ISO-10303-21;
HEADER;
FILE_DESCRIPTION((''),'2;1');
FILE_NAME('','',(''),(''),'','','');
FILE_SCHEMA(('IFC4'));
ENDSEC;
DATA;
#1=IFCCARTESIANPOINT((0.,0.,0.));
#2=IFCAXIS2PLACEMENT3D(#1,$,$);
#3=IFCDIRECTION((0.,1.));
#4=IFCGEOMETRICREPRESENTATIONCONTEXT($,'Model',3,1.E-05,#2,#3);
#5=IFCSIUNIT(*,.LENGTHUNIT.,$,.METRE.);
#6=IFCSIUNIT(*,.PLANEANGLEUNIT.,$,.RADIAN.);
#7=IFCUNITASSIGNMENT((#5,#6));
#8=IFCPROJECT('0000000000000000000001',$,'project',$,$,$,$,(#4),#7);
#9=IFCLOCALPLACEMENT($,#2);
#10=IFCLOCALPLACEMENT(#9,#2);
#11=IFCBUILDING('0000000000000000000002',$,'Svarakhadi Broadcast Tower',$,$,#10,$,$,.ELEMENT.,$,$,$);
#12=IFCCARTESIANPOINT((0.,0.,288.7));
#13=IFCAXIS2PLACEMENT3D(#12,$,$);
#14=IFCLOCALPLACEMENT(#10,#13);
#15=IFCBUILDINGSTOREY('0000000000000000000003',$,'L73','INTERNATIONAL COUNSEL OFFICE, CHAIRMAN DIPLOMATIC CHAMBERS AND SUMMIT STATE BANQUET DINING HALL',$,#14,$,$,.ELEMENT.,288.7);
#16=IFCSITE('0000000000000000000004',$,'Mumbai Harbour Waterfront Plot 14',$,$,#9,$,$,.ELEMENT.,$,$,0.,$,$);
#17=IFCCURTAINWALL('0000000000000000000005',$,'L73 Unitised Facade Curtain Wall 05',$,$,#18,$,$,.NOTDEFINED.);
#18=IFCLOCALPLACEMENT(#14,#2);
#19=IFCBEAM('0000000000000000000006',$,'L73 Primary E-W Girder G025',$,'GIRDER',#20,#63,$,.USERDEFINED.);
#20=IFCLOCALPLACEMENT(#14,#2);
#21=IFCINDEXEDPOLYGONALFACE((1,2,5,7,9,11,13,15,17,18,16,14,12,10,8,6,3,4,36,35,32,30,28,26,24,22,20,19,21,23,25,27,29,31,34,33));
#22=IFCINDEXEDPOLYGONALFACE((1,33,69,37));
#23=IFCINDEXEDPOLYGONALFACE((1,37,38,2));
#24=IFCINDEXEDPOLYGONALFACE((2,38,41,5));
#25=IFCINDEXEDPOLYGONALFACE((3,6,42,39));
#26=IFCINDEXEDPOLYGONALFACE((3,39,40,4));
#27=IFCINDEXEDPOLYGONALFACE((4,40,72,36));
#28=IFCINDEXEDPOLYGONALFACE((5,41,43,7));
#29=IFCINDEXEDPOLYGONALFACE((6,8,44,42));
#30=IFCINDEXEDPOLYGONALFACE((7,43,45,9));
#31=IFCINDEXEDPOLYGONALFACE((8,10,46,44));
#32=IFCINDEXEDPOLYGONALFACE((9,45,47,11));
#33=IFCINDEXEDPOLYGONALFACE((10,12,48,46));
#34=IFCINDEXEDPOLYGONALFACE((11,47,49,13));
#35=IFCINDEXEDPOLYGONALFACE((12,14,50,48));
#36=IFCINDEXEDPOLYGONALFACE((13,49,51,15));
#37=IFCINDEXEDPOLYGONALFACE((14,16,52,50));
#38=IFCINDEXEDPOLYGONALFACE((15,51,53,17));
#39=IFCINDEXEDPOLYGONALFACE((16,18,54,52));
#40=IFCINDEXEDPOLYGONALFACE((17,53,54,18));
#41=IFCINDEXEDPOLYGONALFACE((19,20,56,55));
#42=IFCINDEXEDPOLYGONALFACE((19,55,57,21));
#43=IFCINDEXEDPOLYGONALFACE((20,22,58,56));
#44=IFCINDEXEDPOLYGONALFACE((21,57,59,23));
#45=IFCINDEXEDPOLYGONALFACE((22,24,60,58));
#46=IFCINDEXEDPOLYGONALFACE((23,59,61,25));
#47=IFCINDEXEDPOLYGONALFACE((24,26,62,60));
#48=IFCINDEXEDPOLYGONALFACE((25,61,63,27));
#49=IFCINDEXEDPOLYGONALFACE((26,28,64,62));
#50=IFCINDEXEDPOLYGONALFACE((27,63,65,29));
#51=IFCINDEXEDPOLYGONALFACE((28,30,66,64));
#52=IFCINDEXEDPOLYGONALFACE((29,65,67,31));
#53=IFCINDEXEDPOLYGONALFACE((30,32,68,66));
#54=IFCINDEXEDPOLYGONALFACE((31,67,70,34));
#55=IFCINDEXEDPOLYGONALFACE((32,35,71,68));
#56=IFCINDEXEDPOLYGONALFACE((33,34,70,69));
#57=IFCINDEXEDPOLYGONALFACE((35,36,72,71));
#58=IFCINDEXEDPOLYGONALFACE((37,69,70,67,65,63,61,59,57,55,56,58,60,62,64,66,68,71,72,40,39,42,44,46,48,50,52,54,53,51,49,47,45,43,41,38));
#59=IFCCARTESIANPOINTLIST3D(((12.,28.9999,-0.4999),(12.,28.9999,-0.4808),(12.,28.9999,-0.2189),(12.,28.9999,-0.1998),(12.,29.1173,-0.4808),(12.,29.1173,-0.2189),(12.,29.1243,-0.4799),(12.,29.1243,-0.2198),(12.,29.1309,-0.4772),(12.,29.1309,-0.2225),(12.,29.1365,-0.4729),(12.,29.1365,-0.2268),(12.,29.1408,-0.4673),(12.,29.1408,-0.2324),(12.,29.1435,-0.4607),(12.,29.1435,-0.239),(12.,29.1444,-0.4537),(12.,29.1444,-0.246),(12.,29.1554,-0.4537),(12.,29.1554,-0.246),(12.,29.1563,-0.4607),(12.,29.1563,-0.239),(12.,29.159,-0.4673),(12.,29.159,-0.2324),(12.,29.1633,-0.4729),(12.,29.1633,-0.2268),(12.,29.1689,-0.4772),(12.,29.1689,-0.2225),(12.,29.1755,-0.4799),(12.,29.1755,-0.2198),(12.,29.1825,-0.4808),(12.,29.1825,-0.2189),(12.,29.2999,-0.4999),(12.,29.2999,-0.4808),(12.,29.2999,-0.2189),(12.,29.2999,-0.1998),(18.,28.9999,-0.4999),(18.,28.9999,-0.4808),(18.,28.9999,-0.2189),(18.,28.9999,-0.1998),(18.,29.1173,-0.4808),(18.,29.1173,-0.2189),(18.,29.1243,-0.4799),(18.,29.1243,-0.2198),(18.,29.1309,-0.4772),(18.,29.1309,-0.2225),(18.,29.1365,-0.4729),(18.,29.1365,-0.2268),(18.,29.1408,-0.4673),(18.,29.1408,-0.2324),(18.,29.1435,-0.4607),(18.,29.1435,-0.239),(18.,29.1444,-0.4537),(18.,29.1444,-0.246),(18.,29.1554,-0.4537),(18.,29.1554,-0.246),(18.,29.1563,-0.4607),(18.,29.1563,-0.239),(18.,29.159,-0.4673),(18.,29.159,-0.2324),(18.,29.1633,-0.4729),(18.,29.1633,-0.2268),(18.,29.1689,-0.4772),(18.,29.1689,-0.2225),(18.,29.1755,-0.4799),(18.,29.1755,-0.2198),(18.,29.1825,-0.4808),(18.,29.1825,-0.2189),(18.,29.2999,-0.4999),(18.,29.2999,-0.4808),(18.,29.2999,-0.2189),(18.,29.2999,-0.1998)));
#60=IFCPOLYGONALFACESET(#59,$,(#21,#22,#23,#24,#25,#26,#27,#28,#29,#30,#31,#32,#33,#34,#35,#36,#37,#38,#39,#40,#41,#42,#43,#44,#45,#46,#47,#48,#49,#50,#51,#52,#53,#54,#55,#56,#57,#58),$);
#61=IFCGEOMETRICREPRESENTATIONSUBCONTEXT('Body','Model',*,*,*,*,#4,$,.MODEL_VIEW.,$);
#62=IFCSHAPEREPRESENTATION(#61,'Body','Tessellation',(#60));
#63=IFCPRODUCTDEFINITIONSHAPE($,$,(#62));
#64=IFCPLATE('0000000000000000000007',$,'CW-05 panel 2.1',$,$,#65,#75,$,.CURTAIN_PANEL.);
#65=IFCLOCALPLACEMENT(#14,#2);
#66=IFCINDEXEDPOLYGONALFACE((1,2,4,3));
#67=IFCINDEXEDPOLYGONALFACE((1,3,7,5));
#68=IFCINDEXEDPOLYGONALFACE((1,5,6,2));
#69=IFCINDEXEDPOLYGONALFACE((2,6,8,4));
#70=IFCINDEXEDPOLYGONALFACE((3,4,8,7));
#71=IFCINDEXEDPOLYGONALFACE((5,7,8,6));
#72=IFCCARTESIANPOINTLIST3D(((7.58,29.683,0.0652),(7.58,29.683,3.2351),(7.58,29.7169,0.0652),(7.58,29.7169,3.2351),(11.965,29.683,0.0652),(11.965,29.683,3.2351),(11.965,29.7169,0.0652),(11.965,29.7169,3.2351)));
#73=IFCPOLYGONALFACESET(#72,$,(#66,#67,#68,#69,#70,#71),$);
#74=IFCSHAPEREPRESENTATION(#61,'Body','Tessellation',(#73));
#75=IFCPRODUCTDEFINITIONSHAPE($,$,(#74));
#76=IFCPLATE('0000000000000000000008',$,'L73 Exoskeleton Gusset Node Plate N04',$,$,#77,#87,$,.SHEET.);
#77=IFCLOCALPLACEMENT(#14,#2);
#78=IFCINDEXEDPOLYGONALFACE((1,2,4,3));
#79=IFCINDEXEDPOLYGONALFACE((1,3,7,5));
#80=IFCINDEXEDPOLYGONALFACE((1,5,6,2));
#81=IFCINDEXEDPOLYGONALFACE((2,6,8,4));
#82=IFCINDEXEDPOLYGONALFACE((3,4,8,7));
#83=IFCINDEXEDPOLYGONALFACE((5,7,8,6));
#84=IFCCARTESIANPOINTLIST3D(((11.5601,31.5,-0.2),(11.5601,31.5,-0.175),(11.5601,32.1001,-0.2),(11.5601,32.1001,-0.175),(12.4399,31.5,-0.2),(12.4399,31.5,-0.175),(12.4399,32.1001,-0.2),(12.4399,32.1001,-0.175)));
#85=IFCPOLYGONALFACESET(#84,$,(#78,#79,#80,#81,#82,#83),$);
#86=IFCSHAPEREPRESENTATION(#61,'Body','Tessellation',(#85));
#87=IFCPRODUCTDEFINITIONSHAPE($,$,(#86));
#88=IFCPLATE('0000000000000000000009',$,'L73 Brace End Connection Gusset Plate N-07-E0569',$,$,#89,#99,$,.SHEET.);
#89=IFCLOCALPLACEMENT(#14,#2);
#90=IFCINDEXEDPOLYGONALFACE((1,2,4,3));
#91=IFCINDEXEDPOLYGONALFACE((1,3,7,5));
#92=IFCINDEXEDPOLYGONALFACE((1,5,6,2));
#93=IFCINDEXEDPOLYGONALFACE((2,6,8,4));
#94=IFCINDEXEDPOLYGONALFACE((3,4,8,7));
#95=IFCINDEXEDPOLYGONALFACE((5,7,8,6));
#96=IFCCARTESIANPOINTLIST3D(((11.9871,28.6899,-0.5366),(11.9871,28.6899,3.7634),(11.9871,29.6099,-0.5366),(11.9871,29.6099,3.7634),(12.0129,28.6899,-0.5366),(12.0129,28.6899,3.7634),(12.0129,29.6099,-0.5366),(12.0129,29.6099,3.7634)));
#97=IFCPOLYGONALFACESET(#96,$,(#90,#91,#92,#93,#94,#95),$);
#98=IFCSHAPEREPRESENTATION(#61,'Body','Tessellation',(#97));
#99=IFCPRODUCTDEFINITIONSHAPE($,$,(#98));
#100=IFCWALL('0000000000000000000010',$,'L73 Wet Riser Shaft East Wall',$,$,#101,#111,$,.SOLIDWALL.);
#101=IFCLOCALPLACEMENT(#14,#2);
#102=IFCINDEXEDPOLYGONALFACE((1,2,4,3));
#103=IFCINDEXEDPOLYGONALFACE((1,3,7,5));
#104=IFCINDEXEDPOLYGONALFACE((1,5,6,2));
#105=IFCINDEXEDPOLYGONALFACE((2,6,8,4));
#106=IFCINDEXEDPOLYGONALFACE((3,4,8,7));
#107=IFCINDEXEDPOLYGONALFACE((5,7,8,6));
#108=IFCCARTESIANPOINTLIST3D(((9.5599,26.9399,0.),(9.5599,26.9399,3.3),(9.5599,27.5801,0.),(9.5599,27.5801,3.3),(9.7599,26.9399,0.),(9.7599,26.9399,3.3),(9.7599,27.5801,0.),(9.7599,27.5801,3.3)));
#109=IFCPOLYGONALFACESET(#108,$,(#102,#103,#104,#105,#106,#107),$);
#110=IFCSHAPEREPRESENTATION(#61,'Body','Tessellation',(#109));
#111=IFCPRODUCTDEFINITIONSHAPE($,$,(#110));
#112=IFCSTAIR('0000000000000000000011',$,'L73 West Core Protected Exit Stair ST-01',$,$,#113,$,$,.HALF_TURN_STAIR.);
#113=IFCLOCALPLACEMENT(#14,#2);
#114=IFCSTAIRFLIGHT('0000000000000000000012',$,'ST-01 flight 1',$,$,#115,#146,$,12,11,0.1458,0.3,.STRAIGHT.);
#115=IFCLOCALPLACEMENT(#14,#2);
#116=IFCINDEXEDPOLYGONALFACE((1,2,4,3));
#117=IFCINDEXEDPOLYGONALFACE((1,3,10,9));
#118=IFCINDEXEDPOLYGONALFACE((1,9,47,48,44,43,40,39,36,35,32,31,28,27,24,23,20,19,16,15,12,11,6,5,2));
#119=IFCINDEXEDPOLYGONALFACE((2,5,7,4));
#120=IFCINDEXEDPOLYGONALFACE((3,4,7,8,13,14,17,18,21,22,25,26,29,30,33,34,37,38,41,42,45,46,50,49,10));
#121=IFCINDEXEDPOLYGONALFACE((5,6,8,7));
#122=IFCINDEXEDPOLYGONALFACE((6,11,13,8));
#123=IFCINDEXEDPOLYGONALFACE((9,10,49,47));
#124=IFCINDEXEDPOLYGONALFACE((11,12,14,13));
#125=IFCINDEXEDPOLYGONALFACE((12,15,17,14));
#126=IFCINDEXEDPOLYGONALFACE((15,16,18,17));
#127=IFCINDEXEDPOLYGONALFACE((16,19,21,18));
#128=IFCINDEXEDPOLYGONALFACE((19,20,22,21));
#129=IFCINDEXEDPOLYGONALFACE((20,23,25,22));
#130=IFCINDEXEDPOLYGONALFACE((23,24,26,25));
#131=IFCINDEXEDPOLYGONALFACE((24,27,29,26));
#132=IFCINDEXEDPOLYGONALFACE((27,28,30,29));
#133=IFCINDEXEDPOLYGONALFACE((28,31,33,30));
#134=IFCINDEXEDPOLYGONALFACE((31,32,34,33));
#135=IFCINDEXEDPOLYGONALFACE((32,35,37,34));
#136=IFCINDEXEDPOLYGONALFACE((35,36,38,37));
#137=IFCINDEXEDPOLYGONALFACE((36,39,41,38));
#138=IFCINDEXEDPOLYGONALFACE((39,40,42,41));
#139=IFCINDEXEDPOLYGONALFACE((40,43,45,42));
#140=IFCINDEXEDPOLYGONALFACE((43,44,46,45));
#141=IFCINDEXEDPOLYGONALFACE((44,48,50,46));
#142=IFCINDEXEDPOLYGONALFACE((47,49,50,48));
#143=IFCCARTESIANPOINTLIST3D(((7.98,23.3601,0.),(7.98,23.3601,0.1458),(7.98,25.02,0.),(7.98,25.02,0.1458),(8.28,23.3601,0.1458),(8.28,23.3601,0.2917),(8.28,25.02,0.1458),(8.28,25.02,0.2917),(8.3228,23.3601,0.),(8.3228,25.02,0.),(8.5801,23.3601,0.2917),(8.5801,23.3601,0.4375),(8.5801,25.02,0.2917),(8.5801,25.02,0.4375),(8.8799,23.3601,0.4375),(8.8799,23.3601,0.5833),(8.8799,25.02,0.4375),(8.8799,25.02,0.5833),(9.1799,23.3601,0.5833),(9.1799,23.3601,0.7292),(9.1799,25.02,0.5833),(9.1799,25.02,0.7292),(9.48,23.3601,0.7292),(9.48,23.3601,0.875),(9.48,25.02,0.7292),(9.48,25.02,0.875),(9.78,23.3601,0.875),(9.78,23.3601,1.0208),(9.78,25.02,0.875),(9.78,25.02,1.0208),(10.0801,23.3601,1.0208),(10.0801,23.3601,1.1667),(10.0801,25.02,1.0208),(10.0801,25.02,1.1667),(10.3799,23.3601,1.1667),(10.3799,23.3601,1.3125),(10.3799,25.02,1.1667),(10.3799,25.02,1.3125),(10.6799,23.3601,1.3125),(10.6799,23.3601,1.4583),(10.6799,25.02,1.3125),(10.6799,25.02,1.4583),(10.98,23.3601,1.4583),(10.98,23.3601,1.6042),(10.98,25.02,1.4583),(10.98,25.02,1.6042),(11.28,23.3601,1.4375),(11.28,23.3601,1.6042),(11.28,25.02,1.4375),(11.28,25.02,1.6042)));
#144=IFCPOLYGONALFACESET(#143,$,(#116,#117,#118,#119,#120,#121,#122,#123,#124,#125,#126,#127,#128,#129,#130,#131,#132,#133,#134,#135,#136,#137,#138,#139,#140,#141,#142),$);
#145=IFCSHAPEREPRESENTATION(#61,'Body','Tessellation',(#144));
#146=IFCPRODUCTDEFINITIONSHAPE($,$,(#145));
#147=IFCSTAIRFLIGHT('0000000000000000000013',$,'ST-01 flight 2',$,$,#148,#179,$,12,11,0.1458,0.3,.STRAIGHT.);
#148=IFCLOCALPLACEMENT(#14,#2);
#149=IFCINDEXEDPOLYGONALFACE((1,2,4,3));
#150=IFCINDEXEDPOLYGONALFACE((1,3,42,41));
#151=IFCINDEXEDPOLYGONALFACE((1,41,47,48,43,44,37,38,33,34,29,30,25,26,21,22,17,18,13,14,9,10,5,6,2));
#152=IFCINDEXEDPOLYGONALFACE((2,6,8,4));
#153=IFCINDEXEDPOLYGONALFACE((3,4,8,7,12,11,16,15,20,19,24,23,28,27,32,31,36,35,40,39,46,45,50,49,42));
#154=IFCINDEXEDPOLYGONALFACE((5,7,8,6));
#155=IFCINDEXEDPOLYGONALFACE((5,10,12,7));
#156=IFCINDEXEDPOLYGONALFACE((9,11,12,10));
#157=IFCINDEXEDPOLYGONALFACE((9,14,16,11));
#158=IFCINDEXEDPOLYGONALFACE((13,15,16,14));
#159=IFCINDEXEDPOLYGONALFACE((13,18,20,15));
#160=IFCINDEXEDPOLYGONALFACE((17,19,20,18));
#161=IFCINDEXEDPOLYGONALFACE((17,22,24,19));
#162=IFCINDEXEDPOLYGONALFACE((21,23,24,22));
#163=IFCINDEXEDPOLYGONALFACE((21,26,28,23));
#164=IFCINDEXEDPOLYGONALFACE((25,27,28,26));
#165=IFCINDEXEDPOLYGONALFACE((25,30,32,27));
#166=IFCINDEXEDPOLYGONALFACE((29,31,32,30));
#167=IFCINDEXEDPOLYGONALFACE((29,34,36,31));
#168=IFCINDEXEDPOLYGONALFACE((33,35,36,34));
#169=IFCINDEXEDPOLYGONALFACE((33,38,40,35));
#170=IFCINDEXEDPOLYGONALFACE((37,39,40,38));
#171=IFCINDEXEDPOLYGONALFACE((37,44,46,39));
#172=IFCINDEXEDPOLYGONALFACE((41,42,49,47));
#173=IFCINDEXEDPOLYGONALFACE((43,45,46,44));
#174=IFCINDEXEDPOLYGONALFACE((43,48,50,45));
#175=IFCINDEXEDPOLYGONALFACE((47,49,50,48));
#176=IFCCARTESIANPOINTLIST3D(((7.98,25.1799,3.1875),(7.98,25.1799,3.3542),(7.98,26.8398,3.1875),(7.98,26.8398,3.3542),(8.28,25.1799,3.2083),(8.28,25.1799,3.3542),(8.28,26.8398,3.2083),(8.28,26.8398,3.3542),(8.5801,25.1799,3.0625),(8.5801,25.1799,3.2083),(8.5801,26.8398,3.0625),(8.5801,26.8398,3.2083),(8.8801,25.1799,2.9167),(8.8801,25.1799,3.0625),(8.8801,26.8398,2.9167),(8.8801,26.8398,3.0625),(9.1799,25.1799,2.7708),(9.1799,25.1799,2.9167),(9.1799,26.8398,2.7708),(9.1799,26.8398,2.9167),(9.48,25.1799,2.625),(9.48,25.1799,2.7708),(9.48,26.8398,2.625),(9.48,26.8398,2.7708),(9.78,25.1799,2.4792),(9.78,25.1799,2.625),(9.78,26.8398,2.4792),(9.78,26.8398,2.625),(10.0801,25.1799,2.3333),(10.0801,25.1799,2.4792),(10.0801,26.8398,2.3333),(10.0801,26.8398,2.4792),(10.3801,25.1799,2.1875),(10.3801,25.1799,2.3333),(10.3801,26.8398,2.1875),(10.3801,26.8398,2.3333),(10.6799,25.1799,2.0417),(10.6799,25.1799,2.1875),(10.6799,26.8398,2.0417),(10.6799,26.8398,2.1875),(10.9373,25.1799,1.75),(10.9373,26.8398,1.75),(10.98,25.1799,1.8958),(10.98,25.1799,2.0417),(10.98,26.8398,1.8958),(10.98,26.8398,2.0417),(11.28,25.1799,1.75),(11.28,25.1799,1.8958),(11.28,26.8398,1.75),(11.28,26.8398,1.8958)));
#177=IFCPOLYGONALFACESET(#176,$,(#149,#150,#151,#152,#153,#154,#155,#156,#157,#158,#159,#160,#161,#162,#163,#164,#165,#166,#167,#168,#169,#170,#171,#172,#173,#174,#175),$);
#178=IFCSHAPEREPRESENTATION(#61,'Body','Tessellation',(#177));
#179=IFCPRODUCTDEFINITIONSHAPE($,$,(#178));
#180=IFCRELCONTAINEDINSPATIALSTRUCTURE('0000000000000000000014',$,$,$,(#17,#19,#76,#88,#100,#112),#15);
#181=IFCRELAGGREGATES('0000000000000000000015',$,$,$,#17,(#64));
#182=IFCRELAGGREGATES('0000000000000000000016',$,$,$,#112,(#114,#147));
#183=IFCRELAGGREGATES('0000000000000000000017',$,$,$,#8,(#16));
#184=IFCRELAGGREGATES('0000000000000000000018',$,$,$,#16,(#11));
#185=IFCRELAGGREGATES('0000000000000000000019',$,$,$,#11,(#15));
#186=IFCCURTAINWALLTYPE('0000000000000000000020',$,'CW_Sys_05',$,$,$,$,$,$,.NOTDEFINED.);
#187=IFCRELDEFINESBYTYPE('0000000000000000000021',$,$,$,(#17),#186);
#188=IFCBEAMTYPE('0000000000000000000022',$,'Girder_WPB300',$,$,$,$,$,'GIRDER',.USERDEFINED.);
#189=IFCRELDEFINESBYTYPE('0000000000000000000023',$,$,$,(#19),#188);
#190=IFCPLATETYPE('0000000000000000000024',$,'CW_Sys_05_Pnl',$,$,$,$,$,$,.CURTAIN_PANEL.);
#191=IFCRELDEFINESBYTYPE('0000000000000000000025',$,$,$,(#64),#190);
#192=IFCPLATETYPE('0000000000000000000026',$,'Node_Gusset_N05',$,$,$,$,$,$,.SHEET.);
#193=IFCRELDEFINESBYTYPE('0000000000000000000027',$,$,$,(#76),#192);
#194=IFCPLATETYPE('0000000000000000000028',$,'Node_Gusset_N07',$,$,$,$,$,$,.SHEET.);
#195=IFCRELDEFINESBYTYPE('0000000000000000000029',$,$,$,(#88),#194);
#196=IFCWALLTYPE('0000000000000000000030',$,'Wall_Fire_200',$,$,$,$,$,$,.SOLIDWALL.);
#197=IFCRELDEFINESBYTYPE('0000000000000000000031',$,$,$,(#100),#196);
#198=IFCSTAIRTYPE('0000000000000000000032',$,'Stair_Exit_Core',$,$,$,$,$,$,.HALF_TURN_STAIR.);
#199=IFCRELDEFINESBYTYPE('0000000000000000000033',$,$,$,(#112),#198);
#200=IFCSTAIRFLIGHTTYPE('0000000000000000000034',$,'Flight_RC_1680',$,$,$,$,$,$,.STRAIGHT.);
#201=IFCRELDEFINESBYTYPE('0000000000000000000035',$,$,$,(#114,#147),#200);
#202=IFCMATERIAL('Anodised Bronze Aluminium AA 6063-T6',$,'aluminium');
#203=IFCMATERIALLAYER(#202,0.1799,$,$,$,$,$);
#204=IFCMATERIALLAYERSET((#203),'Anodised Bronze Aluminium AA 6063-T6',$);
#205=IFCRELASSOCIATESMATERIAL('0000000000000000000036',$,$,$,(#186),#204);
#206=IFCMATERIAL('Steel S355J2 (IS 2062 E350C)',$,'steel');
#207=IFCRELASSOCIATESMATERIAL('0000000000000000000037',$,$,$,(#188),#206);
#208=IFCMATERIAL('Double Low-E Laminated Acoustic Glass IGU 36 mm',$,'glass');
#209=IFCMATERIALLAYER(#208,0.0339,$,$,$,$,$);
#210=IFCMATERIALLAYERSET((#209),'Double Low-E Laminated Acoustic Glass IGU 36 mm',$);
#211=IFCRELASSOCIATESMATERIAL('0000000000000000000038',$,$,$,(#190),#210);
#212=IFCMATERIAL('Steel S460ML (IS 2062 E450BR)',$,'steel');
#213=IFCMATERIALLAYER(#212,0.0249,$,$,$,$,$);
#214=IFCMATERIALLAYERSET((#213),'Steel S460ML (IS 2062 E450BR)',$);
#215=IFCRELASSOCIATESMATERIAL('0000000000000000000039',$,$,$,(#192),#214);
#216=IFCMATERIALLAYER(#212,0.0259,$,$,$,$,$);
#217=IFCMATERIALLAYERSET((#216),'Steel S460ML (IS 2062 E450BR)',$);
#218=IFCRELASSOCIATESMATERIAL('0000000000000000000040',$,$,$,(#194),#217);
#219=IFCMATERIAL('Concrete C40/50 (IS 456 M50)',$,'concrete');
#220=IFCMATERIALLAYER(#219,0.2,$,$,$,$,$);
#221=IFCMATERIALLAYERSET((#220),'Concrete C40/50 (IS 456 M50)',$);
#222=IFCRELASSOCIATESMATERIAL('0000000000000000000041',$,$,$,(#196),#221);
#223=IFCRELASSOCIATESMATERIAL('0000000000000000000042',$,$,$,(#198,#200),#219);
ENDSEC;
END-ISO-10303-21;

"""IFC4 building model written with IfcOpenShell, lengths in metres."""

from ifc_helpers import new_model, si_unit, direction, frame, frame_2d, origin, origin_2d, place, context, subcontext, project, spatial, polyline, rectangle, i_section, outline, extrude, material, layer, layer_set, material_profile, profile_set, type_object, element, aggregate, save


model = new_model("IFC4")

# Units and contexts
model_context = context("Model", 3, precision=1e-05, world=origin(), true_north=direction((0.0, 1.0)))
body_context = subcontext(model_context, "Body", "Model", "MODEL_VIEW")
ifc_project = project(units=[si_unit("LENGTHUNIT", "METRE"), si_unit("PLANEANGLEUNIT", "RADIAN")], contexts=[model_context])

# Site, building, storey
site_placement = place(None, origin())
site = spatial("IfcSite", under=ifc_project, at=site_placement, Name="Mumbai Harbour Waterfront Plot 14", CompositionType="ELEMENT", RefElevation=0.0)
building_placement = place(site_placement, origin())
building = spatial("IfcBuilding", under=site, at=building_placement, Name="Svarakhadi Broadcast Tower", CompositionType="ELEMENT")
storey_placement = place(building_placement, frame((0.0, 0.0, 288.7)))
storey = spatial("IfcBuildingStorey", under=building, at=storey_placement, Name="L73", Description="INTERNATIONAL COUNSEL OFFICE, CHAIRMAN DIPLOMATIC CHAMBERS AND SUMMIT STATE BANQUET DINING HALL", CompositionType="ELEMENT", Elevation=288.7)

# Shared definitions
ifc_material_1 = material(Name="Steel S460ML (IS 2062 E450BR)", Category="steel")

# Curtain wall
ifc_material_2 = material(Name="Anodised Bronze Aluminium AA 6063-T6", Category="aluminium")
ifc_layer_1 = layer(ifc_material_2, 0.1799)
ifc_layer_set_1 = layer_set([ifc_layer_1], Name="Anodised Bronze Aluminium AA 6063-T6")
curtain_wall_type = type_object("IfcCurtainWallType", Name="CW_Sys_05", PredefinedType="NOTDEFINED", material=ifc_layer_set_1)
curtain_wall_placement = place(storey_placement, origin())
curtain_wall = element("IfcCurtainWall", 1, at=curtain_wall_placement, inside=storey, type_object=curtain_wall_type, Name="L73 Unitised Facade Curtain Wall 05", PredefinedType="NOTDEFINED")

# Beam
ifc_material_3 = material(Name="Steel S355J2 (IS 2062 E350C)", Category="steel")
ifc_material_profile_1 = material_profile(ifc_material_3, i_section(OverallWidth=0.3, OverallDepth=0.3, WebThickness=0.011, FlangeThickness=0.019, FilletRadius=0.0271, at=origin_2d()), Name="WPB 300x300x117")
ifc_profile_set_1 = profile_set([ifc_material_profile_1], Name="Steel S355J2 (IS 2062 E350C)")
beam_type = type_object("IfcBeamType", Name="Girder_WPB300", ElementType="GIRDER", PredefinedType="USERDEFINED", material=ifc_profile_set_1)
beam_placement = place(storey_placement, frame((12.0, 29.1499, -0.3499), z_axis=(1.0, 0.0, 0.0), x_axis=(0.0, 1.0, 0.0)))
element("IfcBeam", 2, at=beam_placement, inside=storey, type_object=beam_type, Name="L73 Primary E-W Girder G025", ObjectType="GIRDER", PredefinedType="USERDEFINED", context=body_context, shape_type="SweptSolid", body=[
    extrude(i_section(OverallWidth=0.3, OverallDepth=0.3, WebThickness=0.011, FlangeThickness=0.019, FilletRadius=0.0271, at=origin_2d()), origin(), (0.0, 0.0, 1.0), 6.0),
])

# Plate
ifc_material_4 = material(Name="Double Low-E Laminated Acoustic Glass IGU 36 mm", Category="glass")
ifc_layer_2 = layer(ifc_material_4, 0.0339)
ifc_layer_set_2 = layer_set([ifc_layer_2], Name="Double Low-E Laminated Acoustic Glass IGU 36 mm")
plate_type_1 = type_object("IfcPlateType", Name="CW_Sys_05_Pnl", PredefinedType="CURTAIN_PANEL", material=ifc_layer_set_2)
plate_1_placement = place(storey_placement, frame((9.7725, 29.7, 0.0652), z_axis=(0.0, 0.0, 1.0), x_axis=(1.0, 0.0, 0.0)))
plate_1 = element("IfcPlate", 3, at=plate_1_placement, type_object=plate_type_1, Name="CW-05 panel 2.1", PredefinedType="CURTAIN_PANEL", context=body_context, shape_type="SweptSolid", body=[
    extrude(rectangle(XDim=4.385, YDim=0.0339, at=origin_2d()), origin(), (0.0, 0.0, 1.0), 3.1699),
])
aggregate(curtain_wall, [plate_1])

# Plates
ifc_layer_3 = layer(ifc_material_1, 0.0249)
ifc_layer_set_3 = layer_set([ifc_layer_3], Name="Steel S460ML (IS 2062 E450BR)")
plate_type_2 = type_object("IfcPlateType", Name="Node_Gusset_N05", PredefinedType="SHEET", material=ifc_layer_set_3)
plate_2_placement = place(storey_placement, frame((12.0, 31.8, -0.2), z_axis=(0.0, 0.0, 1.0), x_axis=(1.0, 0.0, 0.0)))
element("IfcPlate", 4, at=plate_2_placement, inside=storey, type_object=plate_type_2, Name="L73 Exoskeleton Gusset Node Plate N04", PredefinedType="SHEET", context=body_context, shape_type="SweptSolid", body=[
    extrude(rectangle(XDim=0.8799, YDim=0.6001, at=origin_2d()), origin(), (0.0, 0.0, 1.0), 0.0249),
])
ifc_layer_4 = layer(ifc_material_1, 0.0259)
ifc_layer_set_4 = layer_set([ifc_layer_4], Name="Steel S460ML (IS 2062 E450BR)")
plate_type_3 = type_object("IfcPlateType", Name="Node_Gusset_N07", PredefinedType="SHEET", material=ifc_layer_set_4)
plate_3_placement = place(storey_placement, frame((12.0, 29.1499, -0.5366), z_axis=(0.0, 0.0, 1.0), x_axis=(0.0, 1.0, 0.0)))
element("IfcPlate", 5, at=plate_3_placement, inside=storey, type_object=plate_type_3, Name="L73 Brace End Connection Gusset Plate N-07-E0569", PredefinedType="SHEET", context=body_context, shape_type="SweptSolid", body=[
    extrude(rectangle(XDim=0.9199, YDim=0.0259, at=origin_2d()), origin(), (0.0, 0.0, 1.0), 4.3),
])

# Wall
ifc_material_5 = material(Name="Concrete C40/50 (IS 456 M50)", Category="concrete")
ifc_layer_5 = layer(ifc_material_5, 0.2)
ifc_layer_set_5 = layer_set([ifc_layer_5], Name="Concrete C40/50 (IS 456 M50)")
wall_type = type_object("IfcWallType", Name="Wall_Fire_200", PredefinedType="SOLIDWALL", material=ifc_layer_set_5)
wall_placement = place(storey_placement, frame((9.6599, 26.9399, 0.0), z_axis=(0.0, 0.0, 1.0), x_axis=(0.0, 1.0, 0.0)))
element("IfcWall", 6, at=wall_placement, inside=storey, type_object=wall_type, Name="L73 Wet Riser Shaft East Wall", PredefinedType="SOLIDWALL", context=body_context, shape_type="SweptSolid", body=[
    extrude(rectangle(XDim=0.6401, YDim=0.2, at=frame_2d((0.3201, 0.0))), origin(), (0.0, 0.0, 1.0), 3.3),
])

# Stair, stair flights
stair_type = type_object("IfcStairType", Name="Stair_Exit_Core", PredefinedType="HALF_TURN_STAIR", material=ifc_material_5)
stair_placement = place(storey_placement, origin())
stair = element("IfcStair", 7, at=stair_placement, inside=storey, type_object=stair_type, Name="L73 West Core Protected Exit Stair ST-01", PredefinedType="HALF_TURN_STAIR")
stair_flight_type = type_object("IfcStairFlightType", Name="Flight_RC_1680", PredefinedType="STRAIGHT", material=ifc_material_5)
stair_flight_1_placement = place(storey_placement, frame((7.98, 24.1899, 0.0), z_axis=(0.0, 0.0, 1.0), x_axis=(1.0, 0.0, 0.0)))
stair_flight_1 = element("IfcStairFlight", 8, at=stair_flight_1_placement, type_object=stair_flight_type, Name="ST-01 flight 1", NumberOfRisers=12, NumberOfTreads=11, PredefinedType="STRAIGHT", RiserHeight=0.1458, TreadLength=0.3, context=body_context, shape_type="SweptSolid", body=[
    extrude(outline(polyline([(0.0, 0.0), (0.0, 0.1458), (0.3, 0.1458), (0.3, 0.2917), (0.6001, 0.2917), (0.6001, 0.4375), (0.8999, 0.4375), (0.8999, 0.5833), (1.2, 0.5833), (1.2, 0.7292), (1.5, 0.7292), (1.5, 0.875), (1.8, 0.875), (1.8, 1.0208), (2.1001, 1.0208), (2.1001, 1.1667), (2.3999, 1.1667), (2.3999, 1.3125), (2.7, 1.3125), (2.7, 1.4583), (3.0, 1.4583), (3.0, 1.6042), (3.3, 1.6042), (3.3, 1.75), (3.3, 1.4375), (0.3428, 0.0), (0.0, 0.0)])), frame((0.0, 0.8301, 0.0), z_axis=(0.0, -1.0, 0.0), x_axis=(1.0, 0.0, 0.0)), (0.0, 0.0, 1.0), 1.6599),
])
stair_flight_2_placement = place(storey_placement, frame((11.28, 26.01, 1.75), z_axis=(0.0, 0.0, 1.0), x_axis=(-1.0, 0.0, 0.0)))
stair_flight_2 = element("IfcStairFlight", 9, at=stair_flight_2_placement, type_object=stair_flight_type, Name="ST-01 flight 2", NumberOfRisers=12, NumberOfTreads=11, PredefinedType="STRAIGHT", RiserHeight=0.1458, TreadLength=0.3, context=body_context, shape_type="SweptSolid", body=[
    extrude(outline(polyline([(0.0, 0.0), (0.0, 0.1458), (0.3, 0.1458), (0.3, 0.2917), (0.6001, 0.2917), (0.6001, 0.4375), (0.8999, 0.4375), (0.8999, 0.5833), (1.2, 0.5833), (1.2, 0.7292), (1.5, 0.7292), (1.5, 0.875), (1.8, 0.875), (1.8, 1.0208), (2.1001, 1.0208), (2.1001, 1.1667), (2.3999, 1.1667), (2.3999, 1.3125), (2.7, 1.3125), (2.7, 1.4583), (3.0, 1.4583), (3.0, 1.6042), (3.3, 1.6042), (3.3, 1.75), (3.3, 1.4375), (0.3428, 0.0), (0.0, 0.0)])), frame((0.0, 0.8301, 0.0), z_axis=(0.0, -1.0, 0.0), x_axis=(1.0, 0.0, 0.0)), (0.0, 0.0, 1.0), 1.6599),
])
aggregate(stair, [stair_flight_1, stair_flight_2])

save(model, "model.ifc")
